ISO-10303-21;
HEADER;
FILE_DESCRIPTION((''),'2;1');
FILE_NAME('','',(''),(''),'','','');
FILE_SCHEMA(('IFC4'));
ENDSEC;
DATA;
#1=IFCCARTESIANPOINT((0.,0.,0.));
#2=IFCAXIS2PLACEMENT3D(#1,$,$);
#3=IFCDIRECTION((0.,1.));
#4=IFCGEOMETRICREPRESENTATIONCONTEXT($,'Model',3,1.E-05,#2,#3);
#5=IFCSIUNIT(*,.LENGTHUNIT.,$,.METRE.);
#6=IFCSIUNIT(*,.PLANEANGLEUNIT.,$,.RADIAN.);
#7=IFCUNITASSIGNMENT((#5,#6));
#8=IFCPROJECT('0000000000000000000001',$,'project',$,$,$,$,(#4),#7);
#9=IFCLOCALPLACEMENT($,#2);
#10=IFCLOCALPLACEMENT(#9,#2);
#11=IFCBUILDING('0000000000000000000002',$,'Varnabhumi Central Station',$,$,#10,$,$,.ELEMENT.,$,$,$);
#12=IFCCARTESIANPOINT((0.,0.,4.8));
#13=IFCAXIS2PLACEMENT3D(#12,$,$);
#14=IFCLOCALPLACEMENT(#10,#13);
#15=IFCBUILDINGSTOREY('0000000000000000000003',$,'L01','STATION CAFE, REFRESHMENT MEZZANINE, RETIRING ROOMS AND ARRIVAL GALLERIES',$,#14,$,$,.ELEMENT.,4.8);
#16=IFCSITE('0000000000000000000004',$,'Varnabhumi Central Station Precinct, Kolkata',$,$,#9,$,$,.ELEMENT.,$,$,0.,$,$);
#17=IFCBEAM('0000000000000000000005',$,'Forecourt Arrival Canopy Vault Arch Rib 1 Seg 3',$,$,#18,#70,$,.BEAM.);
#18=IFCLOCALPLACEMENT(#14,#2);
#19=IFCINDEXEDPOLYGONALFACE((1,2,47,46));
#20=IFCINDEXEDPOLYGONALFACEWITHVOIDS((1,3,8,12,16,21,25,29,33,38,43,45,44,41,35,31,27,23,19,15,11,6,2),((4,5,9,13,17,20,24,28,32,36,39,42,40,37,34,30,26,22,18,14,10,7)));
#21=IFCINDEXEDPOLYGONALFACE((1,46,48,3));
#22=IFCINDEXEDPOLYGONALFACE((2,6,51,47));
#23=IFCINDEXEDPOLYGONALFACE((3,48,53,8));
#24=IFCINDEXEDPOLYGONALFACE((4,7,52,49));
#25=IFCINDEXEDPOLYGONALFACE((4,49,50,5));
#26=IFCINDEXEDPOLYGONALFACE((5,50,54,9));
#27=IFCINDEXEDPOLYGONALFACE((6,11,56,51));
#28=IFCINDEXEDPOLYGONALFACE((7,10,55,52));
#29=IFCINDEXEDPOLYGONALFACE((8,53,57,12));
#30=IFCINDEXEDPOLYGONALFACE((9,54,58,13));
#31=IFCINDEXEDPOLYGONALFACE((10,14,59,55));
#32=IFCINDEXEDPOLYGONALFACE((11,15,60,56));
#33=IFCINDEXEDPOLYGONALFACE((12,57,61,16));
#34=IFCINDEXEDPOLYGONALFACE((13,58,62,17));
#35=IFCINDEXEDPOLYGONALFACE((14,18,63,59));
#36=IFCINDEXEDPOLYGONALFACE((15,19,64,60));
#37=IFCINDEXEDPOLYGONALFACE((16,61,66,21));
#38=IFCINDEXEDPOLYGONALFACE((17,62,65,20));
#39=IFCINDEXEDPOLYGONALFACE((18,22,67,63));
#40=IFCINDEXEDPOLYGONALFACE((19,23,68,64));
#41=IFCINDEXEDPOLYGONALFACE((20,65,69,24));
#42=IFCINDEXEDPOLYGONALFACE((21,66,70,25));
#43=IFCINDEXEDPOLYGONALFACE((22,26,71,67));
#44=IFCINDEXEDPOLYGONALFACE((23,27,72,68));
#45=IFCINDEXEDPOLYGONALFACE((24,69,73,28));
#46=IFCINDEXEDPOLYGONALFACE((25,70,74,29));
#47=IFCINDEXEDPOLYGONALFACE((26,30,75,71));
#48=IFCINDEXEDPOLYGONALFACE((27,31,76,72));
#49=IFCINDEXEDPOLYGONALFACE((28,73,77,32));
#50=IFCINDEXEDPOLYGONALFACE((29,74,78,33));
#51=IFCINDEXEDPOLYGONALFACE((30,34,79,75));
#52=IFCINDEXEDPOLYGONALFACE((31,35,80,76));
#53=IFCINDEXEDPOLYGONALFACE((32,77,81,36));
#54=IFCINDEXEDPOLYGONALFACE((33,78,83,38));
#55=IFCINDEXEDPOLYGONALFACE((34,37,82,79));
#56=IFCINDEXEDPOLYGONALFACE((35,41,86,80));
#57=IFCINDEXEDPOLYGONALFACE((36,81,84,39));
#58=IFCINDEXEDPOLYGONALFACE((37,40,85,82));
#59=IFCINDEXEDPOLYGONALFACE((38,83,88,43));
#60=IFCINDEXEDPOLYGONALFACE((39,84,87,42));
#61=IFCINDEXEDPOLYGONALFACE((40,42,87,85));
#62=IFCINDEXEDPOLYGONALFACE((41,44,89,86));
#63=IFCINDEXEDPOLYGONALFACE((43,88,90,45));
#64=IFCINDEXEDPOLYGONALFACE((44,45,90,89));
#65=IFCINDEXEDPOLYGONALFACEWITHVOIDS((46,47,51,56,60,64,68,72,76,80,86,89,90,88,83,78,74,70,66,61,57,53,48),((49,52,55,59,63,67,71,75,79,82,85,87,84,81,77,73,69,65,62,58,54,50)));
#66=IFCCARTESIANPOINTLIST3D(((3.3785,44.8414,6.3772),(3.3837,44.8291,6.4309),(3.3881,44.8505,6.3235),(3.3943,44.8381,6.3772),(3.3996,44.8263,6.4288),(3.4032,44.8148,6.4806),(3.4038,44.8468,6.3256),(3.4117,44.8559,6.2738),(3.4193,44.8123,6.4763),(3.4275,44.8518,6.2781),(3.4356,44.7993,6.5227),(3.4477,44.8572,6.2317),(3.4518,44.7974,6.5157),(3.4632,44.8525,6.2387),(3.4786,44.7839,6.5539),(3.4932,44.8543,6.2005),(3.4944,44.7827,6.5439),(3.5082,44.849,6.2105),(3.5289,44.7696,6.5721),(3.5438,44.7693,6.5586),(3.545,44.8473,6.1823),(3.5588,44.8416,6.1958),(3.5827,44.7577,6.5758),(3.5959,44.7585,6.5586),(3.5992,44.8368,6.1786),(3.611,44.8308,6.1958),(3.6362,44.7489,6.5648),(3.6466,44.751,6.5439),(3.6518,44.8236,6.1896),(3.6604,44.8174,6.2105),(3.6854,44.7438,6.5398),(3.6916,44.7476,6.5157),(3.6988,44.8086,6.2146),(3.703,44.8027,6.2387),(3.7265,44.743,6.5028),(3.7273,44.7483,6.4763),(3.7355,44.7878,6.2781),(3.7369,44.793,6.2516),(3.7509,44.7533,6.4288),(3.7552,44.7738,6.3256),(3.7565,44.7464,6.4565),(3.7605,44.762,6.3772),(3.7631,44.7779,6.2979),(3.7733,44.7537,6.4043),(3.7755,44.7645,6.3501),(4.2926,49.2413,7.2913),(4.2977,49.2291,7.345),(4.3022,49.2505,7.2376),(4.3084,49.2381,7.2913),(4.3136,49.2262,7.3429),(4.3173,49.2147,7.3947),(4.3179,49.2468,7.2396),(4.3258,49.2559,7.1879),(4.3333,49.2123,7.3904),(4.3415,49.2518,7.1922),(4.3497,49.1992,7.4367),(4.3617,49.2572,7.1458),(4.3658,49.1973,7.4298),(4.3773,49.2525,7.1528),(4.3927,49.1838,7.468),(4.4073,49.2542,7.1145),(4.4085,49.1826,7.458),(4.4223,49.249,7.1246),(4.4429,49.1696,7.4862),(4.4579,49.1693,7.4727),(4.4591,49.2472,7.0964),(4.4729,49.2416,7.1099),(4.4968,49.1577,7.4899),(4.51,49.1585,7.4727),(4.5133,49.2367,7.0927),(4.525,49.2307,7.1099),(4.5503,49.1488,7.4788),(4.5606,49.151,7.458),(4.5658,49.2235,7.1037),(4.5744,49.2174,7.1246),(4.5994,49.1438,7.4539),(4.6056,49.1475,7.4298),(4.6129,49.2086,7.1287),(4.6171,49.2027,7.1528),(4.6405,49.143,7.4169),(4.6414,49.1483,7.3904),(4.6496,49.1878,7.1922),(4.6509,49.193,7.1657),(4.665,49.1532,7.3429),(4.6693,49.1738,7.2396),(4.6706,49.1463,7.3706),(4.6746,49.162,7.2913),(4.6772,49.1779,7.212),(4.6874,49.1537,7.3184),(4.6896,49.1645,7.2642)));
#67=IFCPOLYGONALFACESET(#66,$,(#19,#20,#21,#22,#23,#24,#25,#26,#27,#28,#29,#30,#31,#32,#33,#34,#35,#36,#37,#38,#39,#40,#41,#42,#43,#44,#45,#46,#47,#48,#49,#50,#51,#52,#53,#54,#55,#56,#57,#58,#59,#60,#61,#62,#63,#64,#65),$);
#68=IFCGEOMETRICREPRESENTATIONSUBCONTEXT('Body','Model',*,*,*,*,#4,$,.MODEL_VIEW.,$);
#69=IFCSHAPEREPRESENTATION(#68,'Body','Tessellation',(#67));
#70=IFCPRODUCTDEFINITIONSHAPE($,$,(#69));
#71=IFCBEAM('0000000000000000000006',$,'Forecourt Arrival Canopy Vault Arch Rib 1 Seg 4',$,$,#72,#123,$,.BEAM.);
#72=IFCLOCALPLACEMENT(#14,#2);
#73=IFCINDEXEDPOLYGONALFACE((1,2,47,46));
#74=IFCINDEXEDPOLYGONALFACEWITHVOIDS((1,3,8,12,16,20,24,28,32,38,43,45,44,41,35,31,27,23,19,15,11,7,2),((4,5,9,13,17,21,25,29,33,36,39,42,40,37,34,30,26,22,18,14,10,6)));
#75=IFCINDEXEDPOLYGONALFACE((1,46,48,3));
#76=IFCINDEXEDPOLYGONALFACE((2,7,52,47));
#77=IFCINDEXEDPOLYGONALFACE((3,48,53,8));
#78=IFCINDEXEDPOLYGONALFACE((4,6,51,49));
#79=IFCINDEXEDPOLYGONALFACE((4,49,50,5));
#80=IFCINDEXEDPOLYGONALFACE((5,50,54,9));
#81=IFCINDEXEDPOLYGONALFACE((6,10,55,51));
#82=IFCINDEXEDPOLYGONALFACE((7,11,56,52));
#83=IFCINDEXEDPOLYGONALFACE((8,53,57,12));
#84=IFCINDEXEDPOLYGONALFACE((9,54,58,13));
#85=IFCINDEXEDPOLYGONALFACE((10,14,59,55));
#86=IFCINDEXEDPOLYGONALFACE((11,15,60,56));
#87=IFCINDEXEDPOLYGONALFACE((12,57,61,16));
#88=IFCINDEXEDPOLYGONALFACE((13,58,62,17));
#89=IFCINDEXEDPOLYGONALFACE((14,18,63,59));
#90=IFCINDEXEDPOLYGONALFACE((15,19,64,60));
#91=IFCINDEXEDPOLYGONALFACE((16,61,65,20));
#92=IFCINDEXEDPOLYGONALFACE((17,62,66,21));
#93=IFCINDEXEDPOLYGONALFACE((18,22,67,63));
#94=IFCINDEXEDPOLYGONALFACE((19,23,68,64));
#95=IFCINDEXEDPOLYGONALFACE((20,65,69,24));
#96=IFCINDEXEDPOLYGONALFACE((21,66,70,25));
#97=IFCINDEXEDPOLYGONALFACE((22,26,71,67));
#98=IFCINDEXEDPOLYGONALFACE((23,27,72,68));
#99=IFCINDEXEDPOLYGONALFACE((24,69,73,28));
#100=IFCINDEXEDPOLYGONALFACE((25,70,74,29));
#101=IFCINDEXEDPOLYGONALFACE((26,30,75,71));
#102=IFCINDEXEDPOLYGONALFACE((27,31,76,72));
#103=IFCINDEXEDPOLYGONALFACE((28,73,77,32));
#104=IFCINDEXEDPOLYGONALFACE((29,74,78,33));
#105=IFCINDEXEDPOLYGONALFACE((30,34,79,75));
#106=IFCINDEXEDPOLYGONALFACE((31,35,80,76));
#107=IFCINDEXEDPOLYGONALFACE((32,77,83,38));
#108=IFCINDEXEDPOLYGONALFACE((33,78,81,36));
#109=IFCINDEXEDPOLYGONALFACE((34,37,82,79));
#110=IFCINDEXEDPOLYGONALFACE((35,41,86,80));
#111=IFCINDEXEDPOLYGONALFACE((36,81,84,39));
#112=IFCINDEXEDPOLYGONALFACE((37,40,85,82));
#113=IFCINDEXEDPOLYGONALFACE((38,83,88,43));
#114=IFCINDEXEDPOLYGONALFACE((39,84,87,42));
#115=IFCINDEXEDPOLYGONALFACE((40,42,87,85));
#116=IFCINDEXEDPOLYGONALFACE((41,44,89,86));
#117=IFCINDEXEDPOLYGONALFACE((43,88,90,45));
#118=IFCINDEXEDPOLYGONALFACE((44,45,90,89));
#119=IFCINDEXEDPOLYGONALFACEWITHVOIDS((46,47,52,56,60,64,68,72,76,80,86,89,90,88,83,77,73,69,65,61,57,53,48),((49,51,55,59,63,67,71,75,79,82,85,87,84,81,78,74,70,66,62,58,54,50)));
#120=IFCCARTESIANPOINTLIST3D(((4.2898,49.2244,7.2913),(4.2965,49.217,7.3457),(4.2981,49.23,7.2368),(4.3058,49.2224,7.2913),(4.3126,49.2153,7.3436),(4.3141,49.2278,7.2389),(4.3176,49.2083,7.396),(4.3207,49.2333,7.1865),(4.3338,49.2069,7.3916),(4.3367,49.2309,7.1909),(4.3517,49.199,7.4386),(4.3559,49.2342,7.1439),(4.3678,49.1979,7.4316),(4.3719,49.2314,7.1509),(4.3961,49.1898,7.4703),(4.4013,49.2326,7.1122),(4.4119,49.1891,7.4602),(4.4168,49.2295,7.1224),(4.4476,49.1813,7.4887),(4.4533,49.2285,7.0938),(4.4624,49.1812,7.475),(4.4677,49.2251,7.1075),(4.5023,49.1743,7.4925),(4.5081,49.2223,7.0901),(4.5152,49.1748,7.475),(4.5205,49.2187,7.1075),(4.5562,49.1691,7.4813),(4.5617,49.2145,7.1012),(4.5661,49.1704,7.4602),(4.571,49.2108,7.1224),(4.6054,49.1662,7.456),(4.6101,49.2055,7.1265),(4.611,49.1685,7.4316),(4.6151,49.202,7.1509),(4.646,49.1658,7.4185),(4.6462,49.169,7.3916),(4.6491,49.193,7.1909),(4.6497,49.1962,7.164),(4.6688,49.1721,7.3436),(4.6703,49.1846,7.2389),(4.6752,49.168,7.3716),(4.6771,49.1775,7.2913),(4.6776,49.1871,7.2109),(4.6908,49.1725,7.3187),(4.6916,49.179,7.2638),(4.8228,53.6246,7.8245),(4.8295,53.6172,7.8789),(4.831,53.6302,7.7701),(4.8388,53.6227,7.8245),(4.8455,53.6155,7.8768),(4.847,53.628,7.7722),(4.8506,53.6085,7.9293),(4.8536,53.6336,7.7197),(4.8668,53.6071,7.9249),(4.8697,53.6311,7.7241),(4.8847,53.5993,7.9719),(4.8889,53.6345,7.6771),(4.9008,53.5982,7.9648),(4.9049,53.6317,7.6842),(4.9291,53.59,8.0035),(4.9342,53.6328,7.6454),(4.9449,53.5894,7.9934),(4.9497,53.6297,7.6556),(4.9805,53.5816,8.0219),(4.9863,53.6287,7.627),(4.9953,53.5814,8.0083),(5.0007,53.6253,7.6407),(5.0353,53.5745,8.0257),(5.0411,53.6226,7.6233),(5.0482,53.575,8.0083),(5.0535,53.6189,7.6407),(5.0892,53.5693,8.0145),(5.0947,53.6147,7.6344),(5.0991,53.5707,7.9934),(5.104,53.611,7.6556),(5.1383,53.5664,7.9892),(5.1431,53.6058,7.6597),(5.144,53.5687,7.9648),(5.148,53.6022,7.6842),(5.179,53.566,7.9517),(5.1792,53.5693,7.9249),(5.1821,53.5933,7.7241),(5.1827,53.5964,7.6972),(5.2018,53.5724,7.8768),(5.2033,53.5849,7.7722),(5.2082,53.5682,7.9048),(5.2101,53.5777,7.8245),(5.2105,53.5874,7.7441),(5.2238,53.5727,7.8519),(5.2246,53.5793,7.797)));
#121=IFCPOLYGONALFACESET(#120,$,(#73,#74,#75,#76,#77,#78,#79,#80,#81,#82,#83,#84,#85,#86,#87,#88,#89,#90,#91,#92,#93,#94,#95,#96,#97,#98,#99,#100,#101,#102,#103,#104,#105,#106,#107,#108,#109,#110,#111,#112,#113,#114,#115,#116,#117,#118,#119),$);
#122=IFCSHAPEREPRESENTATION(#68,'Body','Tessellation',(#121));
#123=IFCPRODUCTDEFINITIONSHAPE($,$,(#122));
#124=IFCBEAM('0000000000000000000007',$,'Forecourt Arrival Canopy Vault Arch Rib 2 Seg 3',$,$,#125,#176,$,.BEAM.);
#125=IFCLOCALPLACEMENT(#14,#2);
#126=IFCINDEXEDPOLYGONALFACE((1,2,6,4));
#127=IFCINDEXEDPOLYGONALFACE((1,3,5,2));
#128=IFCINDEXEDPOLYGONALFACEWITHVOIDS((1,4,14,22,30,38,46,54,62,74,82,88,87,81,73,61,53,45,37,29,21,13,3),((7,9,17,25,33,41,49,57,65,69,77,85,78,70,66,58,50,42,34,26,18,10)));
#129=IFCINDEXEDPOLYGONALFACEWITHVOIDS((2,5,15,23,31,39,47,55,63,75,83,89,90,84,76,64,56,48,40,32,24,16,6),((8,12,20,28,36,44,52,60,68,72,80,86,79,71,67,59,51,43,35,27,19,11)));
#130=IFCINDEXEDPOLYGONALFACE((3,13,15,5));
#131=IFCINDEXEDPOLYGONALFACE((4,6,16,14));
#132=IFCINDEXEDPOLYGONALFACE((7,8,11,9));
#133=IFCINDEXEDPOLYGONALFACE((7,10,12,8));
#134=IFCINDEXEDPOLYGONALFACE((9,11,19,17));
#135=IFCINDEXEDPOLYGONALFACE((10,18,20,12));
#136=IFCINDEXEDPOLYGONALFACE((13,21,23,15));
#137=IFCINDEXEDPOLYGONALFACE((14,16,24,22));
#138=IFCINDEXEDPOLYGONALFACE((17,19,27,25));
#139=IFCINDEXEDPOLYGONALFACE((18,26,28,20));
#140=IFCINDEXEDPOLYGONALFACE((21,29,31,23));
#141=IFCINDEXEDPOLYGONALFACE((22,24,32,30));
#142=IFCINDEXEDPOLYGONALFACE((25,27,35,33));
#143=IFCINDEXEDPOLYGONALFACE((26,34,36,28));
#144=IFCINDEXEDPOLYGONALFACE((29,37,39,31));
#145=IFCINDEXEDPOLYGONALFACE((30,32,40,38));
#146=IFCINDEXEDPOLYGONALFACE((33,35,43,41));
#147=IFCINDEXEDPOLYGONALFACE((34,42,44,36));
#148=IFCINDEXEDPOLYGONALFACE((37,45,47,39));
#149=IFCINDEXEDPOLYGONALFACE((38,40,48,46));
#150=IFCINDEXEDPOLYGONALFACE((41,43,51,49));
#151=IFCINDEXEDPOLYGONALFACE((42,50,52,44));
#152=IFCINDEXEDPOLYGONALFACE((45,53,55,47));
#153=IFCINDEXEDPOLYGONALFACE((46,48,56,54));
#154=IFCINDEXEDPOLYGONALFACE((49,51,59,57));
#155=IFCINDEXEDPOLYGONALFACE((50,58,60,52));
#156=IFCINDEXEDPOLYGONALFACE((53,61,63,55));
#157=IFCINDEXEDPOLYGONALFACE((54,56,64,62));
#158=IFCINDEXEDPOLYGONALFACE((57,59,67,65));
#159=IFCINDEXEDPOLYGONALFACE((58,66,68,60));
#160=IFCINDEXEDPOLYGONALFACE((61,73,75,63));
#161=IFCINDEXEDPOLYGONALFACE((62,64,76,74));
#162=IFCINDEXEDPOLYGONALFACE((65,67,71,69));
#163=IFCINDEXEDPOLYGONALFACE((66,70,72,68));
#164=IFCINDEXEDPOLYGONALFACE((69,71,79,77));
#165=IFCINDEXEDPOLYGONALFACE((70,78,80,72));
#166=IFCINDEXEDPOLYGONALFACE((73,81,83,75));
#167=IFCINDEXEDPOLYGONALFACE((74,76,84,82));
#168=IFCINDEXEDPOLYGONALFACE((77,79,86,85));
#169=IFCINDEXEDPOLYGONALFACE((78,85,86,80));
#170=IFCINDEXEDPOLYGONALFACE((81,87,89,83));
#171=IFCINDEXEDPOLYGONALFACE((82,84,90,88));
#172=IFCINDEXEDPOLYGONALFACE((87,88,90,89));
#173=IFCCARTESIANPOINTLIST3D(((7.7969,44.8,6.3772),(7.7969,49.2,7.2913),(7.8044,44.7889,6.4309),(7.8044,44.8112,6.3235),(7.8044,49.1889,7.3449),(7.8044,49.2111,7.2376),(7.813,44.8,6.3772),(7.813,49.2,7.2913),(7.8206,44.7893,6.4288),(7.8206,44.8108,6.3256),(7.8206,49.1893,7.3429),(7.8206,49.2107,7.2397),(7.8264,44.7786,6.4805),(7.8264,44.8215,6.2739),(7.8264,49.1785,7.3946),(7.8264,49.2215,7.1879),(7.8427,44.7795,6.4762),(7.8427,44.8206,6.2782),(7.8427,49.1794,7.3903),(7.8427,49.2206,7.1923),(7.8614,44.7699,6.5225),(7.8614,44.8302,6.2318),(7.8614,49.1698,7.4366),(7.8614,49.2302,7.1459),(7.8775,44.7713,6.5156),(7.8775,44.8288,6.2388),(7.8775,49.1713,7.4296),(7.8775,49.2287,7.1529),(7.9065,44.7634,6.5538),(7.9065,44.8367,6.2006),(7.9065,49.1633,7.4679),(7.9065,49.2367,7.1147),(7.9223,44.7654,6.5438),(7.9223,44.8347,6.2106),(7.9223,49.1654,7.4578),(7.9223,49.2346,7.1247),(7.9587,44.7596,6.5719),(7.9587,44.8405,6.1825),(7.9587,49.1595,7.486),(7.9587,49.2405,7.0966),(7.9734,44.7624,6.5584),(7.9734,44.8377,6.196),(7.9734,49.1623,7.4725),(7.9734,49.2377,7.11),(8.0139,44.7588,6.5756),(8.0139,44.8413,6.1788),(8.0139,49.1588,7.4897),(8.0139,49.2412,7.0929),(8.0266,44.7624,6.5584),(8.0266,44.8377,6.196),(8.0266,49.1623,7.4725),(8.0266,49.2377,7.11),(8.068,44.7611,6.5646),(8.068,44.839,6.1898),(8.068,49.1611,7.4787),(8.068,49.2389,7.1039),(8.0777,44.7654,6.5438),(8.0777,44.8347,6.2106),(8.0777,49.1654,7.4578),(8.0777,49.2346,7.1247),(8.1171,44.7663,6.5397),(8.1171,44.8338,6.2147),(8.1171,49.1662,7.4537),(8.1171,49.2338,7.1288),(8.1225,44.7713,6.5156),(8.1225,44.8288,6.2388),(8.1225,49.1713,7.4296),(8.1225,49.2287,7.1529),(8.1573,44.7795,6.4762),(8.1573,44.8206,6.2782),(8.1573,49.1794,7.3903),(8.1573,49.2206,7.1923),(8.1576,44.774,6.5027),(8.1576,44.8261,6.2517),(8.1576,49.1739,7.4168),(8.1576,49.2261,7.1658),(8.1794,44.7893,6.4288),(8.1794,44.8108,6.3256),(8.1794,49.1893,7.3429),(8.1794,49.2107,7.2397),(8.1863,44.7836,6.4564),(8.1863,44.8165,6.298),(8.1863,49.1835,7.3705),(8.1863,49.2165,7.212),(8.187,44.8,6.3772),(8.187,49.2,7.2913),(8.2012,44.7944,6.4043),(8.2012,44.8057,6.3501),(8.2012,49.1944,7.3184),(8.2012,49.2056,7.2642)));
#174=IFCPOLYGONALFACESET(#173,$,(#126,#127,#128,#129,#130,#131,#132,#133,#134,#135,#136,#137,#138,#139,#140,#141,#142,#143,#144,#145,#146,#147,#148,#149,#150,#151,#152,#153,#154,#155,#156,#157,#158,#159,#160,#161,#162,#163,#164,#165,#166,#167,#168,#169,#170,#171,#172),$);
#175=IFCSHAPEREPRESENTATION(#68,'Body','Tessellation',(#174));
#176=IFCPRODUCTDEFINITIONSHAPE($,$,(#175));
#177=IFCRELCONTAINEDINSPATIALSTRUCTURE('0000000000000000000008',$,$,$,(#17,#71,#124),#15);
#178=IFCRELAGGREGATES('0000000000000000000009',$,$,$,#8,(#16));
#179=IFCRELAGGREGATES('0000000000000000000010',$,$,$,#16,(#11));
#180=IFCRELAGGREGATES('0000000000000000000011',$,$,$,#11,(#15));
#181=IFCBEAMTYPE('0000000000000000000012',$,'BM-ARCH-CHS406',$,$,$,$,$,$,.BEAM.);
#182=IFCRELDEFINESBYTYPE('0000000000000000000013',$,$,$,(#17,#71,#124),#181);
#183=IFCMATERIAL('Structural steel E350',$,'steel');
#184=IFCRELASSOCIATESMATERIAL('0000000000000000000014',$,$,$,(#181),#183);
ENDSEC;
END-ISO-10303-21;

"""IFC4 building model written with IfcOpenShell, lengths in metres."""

from ifc_helpers import new_model, si_unit, direction, frame, origin, origin_2d, place, context, subcontext, project, spatial, hollow_circle, extrude, material, material_profile, profile_set, type_object, element, save


model = new_model("IFC4")

# Units and contexts
model_context = context("Model", 3, precision=1e-05, world=origin(), true_north=direction((0.0, 1.0)))
body_context = subcontext(model_context, "Body", "Model", "MODEL_VIEW")
ifc_project = project(units=[si_unit("LENGTHUNIT", "METRE"), si_unit("PLANEANGLEUNIT", "RADIAN")], contexts=[model_context])

# Site, building, storey
site_placement = place(None, origin())
site = spatial("IfcSite", under=ifc_project, at=site_placement, Name="Varnabhumi Central Station Precinct, Kolkata", CompositionType="ELEMENT", RefElevation=0.0)
building_placement = place(site_placement, origin())
building = spatial("IfcBuilding", under=site, at=building_placement, Name="Varnabhumi Central Station", CompositionType="ELEMENT")
storey_placement = place(building_placement, frame((0.0, 0.0, 4.8)))
storey = spatial("IfcBuildingStorey", under=building, at=storey_placement, Name="L01", Description="STATION CAFE, REFRESHMENT MEZZANINE, RETIRING ROOMS AND ARRIVAL GALLERIES", CompositionType="ELEMENT", Elevation=4.8)

# Beams
ifc_material_1 = material(Name="Structural steel E350", Category="steel")
ifc_material_profile_1 = material_profile(ifc_material_1, hollow_circle(Radius=0.2031, WallThickness=0.0161, at=origin_2d()), Name="Structural steel E350", Category="steel")
ifc_profile_set_1 = profile_set([ifc_material_profile_1], Name="Structural steel E350")
beam_type_1 = type_object("IfcBeamType", Name="BM-ARCH-CHS406", PredefinedType="BEAM", material=ifc_profile_set_1)
beam_1_placement = place(storey_placement, frame((3.5774, 44.8, 6.3772), z_axis=(0.199322, 0.959449, 0.199322), x_axis=(-0.979095, 0.203403, 0.0)))
element("IfcBeam", 1, at=beam_1_placement, inside=storey, type_object=beam_type_1, Name="Forecourt Arrival Canopy Vault Arch Rib 1 Seg 3", PredefinedType="BEAM", context=body_context, shape_type="SweptSolid", body=[
    extrude(hollow_circle(Radius=0.2031, WallThickness=0.0161, at=origin_2d()), origin(), (0.0, 0.0, 1.0), 4.5859),
])
beam_2_placement = place(storey_placement, frame((4.4915, 49.2, 7.2913), z_axis=(0.119383, 0.985638, 0.119438), x_axis=(-0.992744, 0.120244, 0.0)))
element("IfcBeam", 2, at=beam_2_placement, inside=storey, type_object=beam_type_1, Name="Forecourt Arrival Canopy Vault Arch Rib 1 Seg 4", PredefinedType="BEAM", context=body_context, shape_type="SweptSolid", body=[
    extrude(hollow_circle(Radius=0.2031, WallThickness=0.0161, at=origin_2d()), origin(), (0.0, 0.0, 1.0), 4.4644),
])
beam_3_placement = place(storey_placement, frame((8.0, 44.8, 6.3772), z_axis=(0.0, 0.979095, 0.203403), x_axis=(-1.0, 0.0, 0.0)))
element("IfcBeam", 3, at=beam_3_placement, inside=storey, type_object=beam_type_1, Name="Forecourt Arrival Canopy Vault Arch Rib 2 Seg 3", PredefinedType="BEAM", context=body_context, shape_type="SweptSolid", body=[
    extrude(hollow_circle(Radius=0.2031, WallThickness=0.0161, at=origin_2d()), origin(), (0.0, 0.0, 1.0), 4.4939),
])

save(model, "model.ifc")
